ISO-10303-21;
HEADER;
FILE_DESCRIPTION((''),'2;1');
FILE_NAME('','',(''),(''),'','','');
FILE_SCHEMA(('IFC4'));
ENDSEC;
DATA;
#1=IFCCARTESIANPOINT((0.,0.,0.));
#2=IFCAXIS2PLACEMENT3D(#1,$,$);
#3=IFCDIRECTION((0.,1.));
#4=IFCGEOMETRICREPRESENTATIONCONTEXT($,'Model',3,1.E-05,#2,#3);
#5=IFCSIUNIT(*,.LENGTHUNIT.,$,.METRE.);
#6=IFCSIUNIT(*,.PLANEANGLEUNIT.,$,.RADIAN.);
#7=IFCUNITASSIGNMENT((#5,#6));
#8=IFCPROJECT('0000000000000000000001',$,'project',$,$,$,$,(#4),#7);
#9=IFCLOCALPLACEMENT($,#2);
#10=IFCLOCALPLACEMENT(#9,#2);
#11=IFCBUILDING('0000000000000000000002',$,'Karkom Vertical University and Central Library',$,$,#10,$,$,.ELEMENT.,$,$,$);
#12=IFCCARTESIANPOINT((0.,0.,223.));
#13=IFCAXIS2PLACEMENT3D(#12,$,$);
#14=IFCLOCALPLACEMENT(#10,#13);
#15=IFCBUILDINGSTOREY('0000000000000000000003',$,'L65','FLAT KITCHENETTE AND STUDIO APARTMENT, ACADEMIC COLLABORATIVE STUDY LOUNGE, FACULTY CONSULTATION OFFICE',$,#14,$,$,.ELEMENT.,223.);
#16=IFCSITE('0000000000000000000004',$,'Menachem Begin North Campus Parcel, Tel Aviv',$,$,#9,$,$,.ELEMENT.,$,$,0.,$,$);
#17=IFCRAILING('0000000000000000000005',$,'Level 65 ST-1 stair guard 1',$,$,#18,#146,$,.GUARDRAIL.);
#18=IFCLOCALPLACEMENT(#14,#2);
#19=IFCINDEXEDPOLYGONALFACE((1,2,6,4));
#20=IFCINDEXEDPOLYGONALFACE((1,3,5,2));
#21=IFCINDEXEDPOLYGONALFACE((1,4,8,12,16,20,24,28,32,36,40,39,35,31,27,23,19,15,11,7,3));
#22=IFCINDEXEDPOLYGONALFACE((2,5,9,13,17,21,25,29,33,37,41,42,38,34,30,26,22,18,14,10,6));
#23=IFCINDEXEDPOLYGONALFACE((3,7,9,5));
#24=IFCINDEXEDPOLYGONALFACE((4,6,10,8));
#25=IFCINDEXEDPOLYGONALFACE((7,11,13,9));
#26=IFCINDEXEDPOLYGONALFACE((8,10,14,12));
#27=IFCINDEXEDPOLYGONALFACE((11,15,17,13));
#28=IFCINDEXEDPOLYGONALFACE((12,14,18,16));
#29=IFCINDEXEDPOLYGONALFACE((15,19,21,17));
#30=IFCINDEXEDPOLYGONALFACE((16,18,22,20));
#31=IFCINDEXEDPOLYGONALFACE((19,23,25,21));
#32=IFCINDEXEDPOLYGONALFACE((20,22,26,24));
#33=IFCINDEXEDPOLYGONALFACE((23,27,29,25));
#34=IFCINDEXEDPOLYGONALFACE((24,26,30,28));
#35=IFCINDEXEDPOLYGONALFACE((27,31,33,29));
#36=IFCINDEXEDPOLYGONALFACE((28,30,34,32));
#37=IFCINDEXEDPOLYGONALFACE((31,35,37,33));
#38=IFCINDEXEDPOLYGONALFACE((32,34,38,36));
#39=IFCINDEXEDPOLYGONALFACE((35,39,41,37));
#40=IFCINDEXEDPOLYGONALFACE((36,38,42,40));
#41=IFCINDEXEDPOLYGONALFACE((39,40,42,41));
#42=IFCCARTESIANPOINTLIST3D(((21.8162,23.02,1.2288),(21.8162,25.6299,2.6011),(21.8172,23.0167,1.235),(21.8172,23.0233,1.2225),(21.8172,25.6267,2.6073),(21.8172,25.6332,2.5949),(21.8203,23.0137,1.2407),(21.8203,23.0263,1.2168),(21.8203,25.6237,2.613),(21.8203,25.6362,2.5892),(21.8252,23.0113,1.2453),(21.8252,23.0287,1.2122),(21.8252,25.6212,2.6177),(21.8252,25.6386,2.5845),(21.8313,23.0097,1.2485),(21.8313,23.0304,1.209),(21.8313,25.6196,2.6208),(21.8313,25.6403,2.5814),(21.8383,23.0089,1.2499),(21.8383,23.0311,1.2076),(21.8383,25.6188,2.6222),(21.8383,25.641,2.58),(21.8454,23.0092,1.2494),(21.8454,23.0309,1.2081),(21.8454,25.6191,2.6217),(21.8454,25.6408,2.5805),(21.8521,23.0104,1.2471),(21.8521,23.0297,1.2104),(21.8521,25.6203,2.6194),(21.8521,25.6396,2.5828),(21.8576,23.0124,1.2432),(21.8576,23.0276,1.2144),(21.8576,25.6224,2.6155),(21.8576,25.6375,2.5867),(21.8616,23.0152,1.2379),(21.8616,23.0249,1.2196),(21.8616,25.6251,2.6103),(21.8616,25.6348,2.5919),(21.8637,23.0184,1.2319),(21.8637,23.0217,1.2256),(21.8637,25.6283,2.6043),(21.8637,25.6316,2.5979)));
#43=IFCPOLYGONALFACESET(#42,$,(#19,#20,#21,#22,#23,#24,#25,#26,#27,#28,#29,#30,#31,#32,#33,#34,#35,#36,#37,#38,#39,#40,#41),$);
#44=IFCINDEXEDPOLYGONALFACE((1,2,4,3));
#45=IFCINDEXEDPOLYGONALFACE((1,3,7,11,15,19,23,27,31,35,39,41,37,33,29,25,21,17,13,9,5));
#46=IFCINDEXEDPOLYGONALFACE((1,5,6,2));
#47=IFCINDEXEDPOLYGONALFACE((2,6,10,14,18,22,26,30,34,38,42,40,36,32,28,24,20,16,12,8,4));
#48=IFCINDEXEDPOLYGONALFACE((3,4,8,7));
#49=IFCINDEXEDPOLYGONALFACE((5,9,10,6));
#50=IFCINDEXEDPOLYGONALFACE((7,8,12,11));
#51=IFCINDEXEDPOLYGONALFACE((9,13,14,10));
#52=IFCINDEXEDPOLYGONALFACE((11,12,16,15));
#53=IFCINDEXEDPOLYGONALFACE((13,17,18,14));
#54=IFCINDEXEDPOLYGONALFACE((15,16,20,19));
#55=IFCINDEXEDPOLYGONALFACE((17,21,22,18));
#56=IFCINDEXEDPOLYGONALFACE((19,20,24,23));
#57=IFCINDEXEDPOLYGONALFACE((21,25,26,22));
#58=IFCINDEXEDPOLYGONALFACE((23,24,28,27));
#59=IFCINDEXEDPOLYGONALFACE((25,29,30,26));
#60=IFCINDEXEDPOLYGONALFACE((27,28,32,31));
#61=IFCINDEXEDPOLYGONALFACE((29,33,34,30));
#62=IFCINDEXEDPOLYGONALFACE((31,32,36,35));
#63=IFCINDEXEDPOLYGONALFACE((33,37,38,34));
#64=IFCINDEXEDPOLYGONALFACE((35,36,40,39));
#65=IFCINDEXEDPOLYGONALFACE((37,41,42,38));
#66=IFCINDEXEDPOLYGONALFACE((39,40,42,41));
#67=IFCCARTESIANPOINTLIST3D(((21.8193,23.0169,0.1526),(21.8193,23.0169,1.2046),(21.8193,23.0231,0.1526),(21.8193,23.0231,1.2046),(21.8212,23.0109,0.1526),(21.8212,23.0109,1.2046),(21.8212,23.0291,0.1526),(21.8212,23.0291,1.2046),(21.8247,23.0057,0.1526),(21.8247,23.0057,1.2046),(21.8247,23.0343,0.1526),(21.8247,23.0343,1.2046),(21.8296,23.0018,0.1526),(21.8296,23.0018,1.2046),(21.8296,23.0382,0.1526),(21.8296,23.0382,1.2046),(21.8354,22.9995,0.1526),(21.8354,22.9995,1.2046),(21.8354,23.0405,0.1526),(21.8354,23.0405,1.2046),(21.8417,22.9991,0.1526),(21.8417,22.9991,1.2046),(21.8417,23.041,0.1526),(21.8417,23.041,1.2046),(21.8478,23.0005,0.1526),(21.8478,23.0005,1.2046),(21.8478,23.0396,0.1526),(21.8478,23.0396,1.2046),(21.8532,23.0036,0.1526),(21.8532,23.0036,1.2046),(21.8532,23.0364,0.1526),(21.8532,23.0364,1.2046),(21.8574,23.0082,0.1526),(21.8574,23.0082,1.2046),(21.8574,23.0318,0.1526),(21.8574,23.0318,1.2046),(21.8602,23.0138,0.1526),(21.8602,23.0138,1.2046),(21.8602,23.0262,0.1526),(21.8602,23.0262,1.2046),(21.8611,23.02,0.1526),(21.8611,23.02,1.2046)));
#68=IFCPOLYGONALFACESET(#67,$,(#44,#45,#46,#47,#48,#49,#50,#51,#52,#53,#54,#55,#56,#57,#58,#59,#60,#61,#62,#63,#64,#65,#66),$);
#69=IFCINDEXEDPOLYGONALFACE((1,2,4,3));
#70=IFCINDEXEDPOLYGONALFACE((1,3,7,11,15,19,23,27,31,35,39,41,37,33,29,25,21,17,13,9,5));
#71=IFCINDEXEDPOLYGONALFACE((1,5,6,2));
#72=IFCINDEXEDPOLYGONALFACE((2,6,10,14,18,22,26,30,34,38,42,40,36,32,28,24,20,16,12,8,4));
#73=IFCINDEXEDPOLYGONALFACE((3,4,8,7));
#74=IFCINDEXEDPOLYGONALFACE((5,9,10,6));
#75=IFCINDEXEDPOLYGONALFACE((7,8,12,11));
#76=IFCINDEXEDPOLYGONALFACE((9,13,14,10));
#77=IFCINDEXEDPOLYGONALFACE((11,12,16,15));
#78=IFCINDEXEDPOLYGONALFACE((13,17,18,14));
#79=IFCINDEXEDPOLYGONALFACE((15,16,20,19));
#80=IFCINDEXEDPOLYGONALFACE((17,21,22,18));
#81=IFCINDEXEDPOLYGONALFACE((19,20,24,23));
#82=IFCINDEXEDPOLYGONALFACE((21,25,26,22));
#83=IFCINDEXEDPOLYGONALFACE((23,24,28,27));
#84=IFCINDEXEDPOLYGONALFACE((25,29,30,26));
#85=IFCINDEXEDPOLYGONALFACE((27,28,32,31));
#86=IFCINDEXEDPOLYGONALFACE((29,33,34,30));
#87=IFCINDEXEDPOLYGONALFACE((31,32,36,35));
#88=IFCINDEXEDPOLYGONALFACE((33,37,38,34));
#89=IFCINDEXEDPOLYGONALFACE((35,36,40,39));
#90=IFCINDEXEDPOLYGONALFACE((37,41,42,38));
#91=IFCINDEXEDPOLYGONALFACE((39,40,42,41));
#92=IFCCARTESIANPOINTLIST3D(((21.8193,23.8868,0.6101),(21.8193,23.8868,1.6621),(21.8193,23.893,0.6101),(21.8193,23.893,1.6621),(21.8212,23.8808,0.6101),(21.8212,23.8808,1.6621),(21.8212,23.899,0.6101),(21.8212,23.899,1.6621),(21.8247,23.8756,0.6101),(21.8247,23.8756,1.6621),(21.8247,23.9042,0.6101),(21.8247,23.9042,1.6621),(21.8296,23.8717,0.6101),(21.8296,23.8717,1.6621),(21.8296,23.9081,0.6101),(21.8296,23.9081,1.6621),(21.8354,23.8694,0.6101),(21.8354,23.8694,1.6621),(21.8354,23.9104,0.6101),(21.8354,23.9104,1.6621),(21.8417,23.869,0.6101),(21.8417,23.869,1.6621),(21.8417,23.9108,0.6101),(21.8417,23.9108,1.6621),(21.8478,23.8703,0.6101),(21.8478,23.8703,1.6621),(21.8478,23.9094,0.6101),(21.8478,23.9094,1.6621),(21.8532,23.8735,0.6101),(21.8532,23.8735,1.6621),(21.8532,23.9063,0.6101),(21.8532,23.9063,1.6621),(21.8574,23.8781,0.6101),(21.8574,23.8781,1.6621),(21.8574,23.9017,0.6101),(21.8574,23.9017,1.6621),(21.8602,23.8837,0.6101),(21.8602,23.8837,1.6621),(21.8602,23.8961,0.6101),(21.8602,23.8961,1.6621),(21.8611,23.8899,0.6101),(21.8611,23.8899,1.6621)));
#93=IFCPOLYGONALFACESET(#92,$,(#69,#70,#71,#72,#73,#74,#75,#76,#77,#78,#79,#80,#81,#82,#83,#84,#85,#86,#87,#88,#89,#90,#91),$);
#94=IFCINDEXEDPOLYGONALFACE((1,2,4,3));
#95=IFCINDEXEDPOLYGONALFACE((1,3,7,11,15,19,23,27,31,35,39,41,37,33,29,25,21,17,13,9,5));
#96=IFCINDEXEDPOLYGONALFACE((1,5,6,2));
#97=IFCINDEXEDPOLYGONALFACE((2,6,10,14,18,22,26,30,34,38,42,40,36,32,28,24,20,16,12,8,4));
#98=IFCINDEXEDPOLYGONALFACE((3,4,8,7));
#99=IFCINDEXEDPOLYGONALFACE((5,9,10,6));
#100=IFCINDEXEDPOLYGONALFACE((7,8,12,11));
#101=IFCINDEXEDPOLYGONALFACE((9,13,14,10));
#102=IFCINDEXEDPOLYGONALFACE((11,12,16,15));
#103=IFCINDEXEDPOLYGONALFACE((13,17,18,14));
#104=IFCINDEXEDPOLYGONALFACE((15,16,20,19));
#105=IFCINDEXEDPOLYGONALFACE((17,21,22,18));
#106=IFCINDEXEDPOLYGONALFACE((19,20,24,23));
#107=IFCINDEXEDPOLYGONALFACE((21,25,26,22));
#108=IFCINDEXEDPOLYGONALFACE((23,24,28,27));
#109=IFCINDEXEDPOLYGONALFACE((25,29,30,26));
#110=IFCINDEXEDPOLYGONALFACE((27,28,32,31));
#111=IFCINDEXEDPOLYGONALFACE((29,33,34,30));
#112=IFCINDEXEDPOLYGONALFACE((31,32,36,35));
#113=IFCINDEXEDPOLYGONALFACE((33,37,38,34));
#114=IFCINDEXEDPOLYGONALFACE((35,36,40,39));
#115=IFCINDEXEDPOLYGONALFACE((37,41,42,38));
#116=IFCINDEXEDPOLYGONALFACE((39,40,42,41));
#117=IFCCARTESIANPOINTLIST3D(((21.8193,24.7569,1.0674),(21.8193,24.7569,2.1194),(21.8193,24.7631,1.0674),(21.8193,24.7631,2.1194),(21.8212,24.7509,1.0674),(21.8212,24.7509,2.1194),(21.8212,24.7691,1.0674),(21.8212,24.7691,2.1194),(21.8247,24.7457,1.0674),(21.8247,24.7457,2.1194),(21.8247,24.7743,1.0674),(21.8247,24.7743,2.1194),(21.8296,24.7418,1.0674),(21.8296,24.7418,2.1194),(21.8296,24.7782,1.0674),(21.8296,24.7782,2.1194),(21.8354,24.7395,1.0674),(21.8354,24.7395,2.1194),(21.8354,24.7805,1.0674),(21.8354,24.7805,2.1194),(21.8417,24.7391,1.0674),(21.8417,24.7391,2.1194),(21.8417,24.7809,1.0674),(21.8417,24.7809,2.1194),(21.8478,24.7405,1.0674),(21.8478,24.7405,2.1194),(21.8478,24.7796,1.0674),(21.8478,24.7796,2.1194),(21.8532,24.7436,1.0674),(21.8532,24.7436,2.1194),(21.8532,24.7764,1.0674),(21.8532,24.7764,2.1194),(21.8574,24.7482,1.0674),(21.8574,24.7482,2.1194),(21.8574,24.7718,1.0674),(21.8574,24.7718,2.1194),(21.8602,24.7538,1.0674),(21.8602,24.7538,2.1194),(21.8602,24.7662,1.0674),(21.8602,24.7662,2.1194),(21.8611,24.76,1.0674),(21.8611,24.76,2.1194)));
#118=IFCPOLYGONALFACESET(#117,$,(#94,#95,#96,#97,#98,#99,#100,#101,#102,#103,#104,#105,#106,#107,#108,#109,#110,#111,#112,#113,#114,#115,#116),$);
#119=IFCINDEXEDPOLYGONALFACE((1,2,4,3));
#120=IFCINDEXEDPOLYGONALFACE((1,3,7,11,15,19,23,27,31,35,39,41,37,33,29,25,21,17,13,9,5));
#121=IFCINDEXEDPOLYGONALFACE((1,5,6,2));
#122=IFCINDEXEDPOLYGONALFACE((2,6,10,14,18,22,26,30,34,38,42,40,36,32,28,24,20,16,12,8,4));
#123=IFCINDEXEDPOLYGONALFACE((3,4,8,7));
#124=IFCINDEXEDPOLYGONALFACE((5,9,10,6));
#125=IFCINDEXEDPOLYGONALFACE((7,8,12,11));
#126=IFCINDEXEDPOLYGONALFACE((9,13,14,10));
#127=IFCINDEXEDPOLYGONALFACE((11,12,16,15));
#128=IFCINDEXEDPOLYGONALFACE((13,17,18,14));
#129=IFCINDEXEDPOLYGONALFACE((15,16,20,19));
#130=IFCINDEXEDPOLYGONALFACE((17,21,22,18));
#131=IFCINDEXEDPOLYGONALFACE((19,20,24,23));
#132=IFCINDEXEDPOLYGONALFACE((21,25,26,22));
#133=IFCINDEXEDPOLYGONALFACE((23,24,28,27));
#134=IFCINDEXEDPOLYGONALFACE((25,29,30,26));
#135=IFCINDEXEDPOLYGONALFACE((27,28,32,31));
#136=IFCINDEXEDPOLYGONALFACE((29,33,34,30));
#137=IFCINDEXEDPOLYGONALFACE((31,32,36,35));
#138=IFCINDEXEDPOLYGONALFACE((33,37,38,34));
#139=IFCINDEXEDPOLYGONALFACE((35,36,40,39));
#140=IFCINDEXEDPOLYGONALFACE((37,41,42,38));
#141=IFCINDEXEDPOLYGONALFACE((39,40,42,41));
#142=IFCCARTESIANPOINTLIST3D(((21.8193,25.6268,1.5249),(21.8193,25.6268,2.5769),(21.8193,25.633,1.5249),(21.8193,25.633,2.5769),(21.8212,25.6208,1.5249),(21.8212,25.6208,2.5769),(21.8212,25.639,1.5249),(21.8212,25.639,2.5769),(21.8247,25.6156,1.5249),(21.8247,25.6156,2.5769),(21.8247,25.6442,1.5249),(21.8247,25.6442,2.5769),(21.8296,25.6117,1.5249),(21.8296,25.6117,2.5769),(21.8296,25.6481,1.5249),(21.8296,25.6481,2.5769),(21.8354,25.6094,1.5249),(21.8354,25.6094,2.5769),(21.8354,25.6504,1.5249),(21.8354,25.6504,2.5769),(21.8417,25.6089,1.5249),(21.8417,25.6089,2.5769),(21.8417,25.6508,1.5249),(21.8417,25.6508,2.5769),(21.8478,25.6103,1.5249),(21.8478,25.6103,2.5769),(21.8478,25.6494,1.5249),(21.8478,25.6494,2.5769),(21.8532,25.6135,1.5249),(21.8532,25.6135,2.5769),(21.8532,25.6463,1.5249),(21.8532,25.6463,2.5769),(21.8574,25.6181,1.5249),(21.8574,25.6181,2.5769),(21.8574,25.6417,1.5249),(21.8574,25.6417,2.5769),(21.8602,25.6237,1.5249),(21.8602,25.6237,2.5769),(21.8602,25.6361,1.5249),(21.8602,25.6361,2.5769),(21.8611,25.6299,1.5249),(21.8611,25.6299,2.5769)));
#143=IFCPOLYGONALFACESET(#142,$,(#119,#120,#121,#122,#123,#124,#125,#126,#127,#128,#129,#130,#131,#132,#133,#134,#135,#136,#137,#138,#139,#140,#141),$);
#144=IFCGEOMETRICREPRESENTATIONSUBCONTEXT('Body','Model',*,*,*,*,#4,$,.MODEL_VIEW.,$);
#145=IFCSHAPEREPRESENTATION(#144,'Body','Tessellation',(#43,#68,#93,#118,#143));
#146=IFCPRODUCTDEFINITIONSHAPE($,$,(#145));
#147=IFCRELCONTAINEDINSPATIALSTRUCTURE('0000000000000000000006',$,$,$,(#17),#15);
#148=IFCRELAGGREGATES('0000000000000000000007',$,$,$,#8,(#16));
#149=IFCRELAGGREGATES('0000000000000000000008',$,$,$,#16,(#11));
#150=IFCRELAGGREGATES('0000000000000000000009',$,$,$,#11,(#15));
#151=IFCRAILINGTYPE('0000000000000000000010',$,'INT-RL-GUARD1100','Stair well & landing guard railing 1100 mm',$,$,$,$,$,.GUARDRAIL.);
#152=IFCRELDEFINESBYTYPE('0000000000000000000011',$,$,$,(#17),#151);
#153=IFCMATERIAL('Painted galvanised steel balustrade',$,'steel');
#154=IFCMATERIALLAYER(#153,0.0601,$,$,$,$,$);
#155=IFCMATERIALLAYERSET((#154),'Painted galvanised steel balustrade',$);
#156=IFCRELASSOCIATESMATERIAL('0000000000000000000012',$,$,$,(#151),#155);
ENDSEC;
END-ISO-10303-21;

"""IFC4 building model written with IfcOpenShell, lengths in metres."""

from ifc_helpers import new_model, si_unit, direction, frame, origin, origin_2d, place, context, subcontext, project, spatial, circle, extrude, material, layer, layer_set, type_object, element, save


model = new_model("IFC4")

# Units and contexts
model_context = context("Model", 3, precision=1e-05, world=origin(), true_north=direction((0.0, 1.0)))
body_context = subcontext(model_context, "Body", "Model", "MODEL_VIEW")
ifc_project = project(units=[si_unit("LENGTHUNIT", "METRE"), si_unit("PLANEANGLEUNIT", "RADIAN")], contexts=[model_context])

# Site, building, storey
site_placement = place(None, origin())
site = spatial("IfcSite", under=ifc_project, at=site_placement, Name="Menachem Begin North Campus Parcel, Tel Aviv", CompositionType="ELEMENT", RefElevation=0.0)
building_placement = place(site_placement, origin())
building = spatial("IfcBuilding", under=site, at=building_placement, Name="Karkom Vertical University and Central Library", CompositionType="ELEMENT")
storey_placement = place(building_placement, frame((0.0, 0.0, 223.0)))
storey = spatial("IfcBuildingStorey", under=building, at=storey_placement, Name="L65", Description="FLAT KITCHENETTE AND STUDIO APARTMENT, ACADEMIC COLLABORATIVE STUDY LOUNGE, FACULTY CONSULTATION OFFICE", CompositionType="ELEMENT", Elevation=223.0)

# Railing
ifc_material_1 = material(Name="Painted galvanised steel balustrade", Category="steel")
ifc_layer_1 = layer(ifc_material_1, 0.0601)
ifc_layer_set_1 = layer_set([ifc_layer_1], Name="Painted galvanised steel balustrade")
railing_type_1 = type_object("IfcRailingType", Name="INT-RL-GUARD1100", Description="Stair well & landing guard railing 1100 mm", PredefinedType="GUARDRAIL", material=ifc_layer_set_1)
railing_1_placement = place(storey_placement, frame((21.8401, 23.02, 0.1526)))
element("IfcRailing", 1, at=railing_1_placement, inside=storey, type_object=railing_type_1, Name="Level 65 ST-1 stair guard 1", PredefinedType="GUARDRAIL", context=body_context, shape_type="SweptSolid", body=[
    extrude(circle(Radius=0.0239, at=origin_2d()), frame((0.0, 0.0, 1.0762), z_axis=(0.0, 0.8851, 0.465402), x_axis=(-1.0, 0.0, 0.0)), (0.0, 0.0, 1.0), 2.9487),
    extrude(circle(Radius=0.021, at=origin_2d()), origin(), (0.0, 0.0, 1.0), 1.052),
    extrude(circle(Radius=0.021, at=origin_2d()), frame((0.0, 0.8699, 0.4575)), (0.0, 0.0, 1.0), 1.052),
    extrude(circle(Radius=0.021, at=origin_2d()), frame((0.0, 1.74, 0.9148)), (0.0, 0.0, 1.0), 1.052),
    extrude(circle(Radius=0.021, at=origin_2d()), frame((0.0, 2.6099, 1.3723)), (0.0, 0.0, 1.0), 1.052),
])

save(model, "model.ifc")
